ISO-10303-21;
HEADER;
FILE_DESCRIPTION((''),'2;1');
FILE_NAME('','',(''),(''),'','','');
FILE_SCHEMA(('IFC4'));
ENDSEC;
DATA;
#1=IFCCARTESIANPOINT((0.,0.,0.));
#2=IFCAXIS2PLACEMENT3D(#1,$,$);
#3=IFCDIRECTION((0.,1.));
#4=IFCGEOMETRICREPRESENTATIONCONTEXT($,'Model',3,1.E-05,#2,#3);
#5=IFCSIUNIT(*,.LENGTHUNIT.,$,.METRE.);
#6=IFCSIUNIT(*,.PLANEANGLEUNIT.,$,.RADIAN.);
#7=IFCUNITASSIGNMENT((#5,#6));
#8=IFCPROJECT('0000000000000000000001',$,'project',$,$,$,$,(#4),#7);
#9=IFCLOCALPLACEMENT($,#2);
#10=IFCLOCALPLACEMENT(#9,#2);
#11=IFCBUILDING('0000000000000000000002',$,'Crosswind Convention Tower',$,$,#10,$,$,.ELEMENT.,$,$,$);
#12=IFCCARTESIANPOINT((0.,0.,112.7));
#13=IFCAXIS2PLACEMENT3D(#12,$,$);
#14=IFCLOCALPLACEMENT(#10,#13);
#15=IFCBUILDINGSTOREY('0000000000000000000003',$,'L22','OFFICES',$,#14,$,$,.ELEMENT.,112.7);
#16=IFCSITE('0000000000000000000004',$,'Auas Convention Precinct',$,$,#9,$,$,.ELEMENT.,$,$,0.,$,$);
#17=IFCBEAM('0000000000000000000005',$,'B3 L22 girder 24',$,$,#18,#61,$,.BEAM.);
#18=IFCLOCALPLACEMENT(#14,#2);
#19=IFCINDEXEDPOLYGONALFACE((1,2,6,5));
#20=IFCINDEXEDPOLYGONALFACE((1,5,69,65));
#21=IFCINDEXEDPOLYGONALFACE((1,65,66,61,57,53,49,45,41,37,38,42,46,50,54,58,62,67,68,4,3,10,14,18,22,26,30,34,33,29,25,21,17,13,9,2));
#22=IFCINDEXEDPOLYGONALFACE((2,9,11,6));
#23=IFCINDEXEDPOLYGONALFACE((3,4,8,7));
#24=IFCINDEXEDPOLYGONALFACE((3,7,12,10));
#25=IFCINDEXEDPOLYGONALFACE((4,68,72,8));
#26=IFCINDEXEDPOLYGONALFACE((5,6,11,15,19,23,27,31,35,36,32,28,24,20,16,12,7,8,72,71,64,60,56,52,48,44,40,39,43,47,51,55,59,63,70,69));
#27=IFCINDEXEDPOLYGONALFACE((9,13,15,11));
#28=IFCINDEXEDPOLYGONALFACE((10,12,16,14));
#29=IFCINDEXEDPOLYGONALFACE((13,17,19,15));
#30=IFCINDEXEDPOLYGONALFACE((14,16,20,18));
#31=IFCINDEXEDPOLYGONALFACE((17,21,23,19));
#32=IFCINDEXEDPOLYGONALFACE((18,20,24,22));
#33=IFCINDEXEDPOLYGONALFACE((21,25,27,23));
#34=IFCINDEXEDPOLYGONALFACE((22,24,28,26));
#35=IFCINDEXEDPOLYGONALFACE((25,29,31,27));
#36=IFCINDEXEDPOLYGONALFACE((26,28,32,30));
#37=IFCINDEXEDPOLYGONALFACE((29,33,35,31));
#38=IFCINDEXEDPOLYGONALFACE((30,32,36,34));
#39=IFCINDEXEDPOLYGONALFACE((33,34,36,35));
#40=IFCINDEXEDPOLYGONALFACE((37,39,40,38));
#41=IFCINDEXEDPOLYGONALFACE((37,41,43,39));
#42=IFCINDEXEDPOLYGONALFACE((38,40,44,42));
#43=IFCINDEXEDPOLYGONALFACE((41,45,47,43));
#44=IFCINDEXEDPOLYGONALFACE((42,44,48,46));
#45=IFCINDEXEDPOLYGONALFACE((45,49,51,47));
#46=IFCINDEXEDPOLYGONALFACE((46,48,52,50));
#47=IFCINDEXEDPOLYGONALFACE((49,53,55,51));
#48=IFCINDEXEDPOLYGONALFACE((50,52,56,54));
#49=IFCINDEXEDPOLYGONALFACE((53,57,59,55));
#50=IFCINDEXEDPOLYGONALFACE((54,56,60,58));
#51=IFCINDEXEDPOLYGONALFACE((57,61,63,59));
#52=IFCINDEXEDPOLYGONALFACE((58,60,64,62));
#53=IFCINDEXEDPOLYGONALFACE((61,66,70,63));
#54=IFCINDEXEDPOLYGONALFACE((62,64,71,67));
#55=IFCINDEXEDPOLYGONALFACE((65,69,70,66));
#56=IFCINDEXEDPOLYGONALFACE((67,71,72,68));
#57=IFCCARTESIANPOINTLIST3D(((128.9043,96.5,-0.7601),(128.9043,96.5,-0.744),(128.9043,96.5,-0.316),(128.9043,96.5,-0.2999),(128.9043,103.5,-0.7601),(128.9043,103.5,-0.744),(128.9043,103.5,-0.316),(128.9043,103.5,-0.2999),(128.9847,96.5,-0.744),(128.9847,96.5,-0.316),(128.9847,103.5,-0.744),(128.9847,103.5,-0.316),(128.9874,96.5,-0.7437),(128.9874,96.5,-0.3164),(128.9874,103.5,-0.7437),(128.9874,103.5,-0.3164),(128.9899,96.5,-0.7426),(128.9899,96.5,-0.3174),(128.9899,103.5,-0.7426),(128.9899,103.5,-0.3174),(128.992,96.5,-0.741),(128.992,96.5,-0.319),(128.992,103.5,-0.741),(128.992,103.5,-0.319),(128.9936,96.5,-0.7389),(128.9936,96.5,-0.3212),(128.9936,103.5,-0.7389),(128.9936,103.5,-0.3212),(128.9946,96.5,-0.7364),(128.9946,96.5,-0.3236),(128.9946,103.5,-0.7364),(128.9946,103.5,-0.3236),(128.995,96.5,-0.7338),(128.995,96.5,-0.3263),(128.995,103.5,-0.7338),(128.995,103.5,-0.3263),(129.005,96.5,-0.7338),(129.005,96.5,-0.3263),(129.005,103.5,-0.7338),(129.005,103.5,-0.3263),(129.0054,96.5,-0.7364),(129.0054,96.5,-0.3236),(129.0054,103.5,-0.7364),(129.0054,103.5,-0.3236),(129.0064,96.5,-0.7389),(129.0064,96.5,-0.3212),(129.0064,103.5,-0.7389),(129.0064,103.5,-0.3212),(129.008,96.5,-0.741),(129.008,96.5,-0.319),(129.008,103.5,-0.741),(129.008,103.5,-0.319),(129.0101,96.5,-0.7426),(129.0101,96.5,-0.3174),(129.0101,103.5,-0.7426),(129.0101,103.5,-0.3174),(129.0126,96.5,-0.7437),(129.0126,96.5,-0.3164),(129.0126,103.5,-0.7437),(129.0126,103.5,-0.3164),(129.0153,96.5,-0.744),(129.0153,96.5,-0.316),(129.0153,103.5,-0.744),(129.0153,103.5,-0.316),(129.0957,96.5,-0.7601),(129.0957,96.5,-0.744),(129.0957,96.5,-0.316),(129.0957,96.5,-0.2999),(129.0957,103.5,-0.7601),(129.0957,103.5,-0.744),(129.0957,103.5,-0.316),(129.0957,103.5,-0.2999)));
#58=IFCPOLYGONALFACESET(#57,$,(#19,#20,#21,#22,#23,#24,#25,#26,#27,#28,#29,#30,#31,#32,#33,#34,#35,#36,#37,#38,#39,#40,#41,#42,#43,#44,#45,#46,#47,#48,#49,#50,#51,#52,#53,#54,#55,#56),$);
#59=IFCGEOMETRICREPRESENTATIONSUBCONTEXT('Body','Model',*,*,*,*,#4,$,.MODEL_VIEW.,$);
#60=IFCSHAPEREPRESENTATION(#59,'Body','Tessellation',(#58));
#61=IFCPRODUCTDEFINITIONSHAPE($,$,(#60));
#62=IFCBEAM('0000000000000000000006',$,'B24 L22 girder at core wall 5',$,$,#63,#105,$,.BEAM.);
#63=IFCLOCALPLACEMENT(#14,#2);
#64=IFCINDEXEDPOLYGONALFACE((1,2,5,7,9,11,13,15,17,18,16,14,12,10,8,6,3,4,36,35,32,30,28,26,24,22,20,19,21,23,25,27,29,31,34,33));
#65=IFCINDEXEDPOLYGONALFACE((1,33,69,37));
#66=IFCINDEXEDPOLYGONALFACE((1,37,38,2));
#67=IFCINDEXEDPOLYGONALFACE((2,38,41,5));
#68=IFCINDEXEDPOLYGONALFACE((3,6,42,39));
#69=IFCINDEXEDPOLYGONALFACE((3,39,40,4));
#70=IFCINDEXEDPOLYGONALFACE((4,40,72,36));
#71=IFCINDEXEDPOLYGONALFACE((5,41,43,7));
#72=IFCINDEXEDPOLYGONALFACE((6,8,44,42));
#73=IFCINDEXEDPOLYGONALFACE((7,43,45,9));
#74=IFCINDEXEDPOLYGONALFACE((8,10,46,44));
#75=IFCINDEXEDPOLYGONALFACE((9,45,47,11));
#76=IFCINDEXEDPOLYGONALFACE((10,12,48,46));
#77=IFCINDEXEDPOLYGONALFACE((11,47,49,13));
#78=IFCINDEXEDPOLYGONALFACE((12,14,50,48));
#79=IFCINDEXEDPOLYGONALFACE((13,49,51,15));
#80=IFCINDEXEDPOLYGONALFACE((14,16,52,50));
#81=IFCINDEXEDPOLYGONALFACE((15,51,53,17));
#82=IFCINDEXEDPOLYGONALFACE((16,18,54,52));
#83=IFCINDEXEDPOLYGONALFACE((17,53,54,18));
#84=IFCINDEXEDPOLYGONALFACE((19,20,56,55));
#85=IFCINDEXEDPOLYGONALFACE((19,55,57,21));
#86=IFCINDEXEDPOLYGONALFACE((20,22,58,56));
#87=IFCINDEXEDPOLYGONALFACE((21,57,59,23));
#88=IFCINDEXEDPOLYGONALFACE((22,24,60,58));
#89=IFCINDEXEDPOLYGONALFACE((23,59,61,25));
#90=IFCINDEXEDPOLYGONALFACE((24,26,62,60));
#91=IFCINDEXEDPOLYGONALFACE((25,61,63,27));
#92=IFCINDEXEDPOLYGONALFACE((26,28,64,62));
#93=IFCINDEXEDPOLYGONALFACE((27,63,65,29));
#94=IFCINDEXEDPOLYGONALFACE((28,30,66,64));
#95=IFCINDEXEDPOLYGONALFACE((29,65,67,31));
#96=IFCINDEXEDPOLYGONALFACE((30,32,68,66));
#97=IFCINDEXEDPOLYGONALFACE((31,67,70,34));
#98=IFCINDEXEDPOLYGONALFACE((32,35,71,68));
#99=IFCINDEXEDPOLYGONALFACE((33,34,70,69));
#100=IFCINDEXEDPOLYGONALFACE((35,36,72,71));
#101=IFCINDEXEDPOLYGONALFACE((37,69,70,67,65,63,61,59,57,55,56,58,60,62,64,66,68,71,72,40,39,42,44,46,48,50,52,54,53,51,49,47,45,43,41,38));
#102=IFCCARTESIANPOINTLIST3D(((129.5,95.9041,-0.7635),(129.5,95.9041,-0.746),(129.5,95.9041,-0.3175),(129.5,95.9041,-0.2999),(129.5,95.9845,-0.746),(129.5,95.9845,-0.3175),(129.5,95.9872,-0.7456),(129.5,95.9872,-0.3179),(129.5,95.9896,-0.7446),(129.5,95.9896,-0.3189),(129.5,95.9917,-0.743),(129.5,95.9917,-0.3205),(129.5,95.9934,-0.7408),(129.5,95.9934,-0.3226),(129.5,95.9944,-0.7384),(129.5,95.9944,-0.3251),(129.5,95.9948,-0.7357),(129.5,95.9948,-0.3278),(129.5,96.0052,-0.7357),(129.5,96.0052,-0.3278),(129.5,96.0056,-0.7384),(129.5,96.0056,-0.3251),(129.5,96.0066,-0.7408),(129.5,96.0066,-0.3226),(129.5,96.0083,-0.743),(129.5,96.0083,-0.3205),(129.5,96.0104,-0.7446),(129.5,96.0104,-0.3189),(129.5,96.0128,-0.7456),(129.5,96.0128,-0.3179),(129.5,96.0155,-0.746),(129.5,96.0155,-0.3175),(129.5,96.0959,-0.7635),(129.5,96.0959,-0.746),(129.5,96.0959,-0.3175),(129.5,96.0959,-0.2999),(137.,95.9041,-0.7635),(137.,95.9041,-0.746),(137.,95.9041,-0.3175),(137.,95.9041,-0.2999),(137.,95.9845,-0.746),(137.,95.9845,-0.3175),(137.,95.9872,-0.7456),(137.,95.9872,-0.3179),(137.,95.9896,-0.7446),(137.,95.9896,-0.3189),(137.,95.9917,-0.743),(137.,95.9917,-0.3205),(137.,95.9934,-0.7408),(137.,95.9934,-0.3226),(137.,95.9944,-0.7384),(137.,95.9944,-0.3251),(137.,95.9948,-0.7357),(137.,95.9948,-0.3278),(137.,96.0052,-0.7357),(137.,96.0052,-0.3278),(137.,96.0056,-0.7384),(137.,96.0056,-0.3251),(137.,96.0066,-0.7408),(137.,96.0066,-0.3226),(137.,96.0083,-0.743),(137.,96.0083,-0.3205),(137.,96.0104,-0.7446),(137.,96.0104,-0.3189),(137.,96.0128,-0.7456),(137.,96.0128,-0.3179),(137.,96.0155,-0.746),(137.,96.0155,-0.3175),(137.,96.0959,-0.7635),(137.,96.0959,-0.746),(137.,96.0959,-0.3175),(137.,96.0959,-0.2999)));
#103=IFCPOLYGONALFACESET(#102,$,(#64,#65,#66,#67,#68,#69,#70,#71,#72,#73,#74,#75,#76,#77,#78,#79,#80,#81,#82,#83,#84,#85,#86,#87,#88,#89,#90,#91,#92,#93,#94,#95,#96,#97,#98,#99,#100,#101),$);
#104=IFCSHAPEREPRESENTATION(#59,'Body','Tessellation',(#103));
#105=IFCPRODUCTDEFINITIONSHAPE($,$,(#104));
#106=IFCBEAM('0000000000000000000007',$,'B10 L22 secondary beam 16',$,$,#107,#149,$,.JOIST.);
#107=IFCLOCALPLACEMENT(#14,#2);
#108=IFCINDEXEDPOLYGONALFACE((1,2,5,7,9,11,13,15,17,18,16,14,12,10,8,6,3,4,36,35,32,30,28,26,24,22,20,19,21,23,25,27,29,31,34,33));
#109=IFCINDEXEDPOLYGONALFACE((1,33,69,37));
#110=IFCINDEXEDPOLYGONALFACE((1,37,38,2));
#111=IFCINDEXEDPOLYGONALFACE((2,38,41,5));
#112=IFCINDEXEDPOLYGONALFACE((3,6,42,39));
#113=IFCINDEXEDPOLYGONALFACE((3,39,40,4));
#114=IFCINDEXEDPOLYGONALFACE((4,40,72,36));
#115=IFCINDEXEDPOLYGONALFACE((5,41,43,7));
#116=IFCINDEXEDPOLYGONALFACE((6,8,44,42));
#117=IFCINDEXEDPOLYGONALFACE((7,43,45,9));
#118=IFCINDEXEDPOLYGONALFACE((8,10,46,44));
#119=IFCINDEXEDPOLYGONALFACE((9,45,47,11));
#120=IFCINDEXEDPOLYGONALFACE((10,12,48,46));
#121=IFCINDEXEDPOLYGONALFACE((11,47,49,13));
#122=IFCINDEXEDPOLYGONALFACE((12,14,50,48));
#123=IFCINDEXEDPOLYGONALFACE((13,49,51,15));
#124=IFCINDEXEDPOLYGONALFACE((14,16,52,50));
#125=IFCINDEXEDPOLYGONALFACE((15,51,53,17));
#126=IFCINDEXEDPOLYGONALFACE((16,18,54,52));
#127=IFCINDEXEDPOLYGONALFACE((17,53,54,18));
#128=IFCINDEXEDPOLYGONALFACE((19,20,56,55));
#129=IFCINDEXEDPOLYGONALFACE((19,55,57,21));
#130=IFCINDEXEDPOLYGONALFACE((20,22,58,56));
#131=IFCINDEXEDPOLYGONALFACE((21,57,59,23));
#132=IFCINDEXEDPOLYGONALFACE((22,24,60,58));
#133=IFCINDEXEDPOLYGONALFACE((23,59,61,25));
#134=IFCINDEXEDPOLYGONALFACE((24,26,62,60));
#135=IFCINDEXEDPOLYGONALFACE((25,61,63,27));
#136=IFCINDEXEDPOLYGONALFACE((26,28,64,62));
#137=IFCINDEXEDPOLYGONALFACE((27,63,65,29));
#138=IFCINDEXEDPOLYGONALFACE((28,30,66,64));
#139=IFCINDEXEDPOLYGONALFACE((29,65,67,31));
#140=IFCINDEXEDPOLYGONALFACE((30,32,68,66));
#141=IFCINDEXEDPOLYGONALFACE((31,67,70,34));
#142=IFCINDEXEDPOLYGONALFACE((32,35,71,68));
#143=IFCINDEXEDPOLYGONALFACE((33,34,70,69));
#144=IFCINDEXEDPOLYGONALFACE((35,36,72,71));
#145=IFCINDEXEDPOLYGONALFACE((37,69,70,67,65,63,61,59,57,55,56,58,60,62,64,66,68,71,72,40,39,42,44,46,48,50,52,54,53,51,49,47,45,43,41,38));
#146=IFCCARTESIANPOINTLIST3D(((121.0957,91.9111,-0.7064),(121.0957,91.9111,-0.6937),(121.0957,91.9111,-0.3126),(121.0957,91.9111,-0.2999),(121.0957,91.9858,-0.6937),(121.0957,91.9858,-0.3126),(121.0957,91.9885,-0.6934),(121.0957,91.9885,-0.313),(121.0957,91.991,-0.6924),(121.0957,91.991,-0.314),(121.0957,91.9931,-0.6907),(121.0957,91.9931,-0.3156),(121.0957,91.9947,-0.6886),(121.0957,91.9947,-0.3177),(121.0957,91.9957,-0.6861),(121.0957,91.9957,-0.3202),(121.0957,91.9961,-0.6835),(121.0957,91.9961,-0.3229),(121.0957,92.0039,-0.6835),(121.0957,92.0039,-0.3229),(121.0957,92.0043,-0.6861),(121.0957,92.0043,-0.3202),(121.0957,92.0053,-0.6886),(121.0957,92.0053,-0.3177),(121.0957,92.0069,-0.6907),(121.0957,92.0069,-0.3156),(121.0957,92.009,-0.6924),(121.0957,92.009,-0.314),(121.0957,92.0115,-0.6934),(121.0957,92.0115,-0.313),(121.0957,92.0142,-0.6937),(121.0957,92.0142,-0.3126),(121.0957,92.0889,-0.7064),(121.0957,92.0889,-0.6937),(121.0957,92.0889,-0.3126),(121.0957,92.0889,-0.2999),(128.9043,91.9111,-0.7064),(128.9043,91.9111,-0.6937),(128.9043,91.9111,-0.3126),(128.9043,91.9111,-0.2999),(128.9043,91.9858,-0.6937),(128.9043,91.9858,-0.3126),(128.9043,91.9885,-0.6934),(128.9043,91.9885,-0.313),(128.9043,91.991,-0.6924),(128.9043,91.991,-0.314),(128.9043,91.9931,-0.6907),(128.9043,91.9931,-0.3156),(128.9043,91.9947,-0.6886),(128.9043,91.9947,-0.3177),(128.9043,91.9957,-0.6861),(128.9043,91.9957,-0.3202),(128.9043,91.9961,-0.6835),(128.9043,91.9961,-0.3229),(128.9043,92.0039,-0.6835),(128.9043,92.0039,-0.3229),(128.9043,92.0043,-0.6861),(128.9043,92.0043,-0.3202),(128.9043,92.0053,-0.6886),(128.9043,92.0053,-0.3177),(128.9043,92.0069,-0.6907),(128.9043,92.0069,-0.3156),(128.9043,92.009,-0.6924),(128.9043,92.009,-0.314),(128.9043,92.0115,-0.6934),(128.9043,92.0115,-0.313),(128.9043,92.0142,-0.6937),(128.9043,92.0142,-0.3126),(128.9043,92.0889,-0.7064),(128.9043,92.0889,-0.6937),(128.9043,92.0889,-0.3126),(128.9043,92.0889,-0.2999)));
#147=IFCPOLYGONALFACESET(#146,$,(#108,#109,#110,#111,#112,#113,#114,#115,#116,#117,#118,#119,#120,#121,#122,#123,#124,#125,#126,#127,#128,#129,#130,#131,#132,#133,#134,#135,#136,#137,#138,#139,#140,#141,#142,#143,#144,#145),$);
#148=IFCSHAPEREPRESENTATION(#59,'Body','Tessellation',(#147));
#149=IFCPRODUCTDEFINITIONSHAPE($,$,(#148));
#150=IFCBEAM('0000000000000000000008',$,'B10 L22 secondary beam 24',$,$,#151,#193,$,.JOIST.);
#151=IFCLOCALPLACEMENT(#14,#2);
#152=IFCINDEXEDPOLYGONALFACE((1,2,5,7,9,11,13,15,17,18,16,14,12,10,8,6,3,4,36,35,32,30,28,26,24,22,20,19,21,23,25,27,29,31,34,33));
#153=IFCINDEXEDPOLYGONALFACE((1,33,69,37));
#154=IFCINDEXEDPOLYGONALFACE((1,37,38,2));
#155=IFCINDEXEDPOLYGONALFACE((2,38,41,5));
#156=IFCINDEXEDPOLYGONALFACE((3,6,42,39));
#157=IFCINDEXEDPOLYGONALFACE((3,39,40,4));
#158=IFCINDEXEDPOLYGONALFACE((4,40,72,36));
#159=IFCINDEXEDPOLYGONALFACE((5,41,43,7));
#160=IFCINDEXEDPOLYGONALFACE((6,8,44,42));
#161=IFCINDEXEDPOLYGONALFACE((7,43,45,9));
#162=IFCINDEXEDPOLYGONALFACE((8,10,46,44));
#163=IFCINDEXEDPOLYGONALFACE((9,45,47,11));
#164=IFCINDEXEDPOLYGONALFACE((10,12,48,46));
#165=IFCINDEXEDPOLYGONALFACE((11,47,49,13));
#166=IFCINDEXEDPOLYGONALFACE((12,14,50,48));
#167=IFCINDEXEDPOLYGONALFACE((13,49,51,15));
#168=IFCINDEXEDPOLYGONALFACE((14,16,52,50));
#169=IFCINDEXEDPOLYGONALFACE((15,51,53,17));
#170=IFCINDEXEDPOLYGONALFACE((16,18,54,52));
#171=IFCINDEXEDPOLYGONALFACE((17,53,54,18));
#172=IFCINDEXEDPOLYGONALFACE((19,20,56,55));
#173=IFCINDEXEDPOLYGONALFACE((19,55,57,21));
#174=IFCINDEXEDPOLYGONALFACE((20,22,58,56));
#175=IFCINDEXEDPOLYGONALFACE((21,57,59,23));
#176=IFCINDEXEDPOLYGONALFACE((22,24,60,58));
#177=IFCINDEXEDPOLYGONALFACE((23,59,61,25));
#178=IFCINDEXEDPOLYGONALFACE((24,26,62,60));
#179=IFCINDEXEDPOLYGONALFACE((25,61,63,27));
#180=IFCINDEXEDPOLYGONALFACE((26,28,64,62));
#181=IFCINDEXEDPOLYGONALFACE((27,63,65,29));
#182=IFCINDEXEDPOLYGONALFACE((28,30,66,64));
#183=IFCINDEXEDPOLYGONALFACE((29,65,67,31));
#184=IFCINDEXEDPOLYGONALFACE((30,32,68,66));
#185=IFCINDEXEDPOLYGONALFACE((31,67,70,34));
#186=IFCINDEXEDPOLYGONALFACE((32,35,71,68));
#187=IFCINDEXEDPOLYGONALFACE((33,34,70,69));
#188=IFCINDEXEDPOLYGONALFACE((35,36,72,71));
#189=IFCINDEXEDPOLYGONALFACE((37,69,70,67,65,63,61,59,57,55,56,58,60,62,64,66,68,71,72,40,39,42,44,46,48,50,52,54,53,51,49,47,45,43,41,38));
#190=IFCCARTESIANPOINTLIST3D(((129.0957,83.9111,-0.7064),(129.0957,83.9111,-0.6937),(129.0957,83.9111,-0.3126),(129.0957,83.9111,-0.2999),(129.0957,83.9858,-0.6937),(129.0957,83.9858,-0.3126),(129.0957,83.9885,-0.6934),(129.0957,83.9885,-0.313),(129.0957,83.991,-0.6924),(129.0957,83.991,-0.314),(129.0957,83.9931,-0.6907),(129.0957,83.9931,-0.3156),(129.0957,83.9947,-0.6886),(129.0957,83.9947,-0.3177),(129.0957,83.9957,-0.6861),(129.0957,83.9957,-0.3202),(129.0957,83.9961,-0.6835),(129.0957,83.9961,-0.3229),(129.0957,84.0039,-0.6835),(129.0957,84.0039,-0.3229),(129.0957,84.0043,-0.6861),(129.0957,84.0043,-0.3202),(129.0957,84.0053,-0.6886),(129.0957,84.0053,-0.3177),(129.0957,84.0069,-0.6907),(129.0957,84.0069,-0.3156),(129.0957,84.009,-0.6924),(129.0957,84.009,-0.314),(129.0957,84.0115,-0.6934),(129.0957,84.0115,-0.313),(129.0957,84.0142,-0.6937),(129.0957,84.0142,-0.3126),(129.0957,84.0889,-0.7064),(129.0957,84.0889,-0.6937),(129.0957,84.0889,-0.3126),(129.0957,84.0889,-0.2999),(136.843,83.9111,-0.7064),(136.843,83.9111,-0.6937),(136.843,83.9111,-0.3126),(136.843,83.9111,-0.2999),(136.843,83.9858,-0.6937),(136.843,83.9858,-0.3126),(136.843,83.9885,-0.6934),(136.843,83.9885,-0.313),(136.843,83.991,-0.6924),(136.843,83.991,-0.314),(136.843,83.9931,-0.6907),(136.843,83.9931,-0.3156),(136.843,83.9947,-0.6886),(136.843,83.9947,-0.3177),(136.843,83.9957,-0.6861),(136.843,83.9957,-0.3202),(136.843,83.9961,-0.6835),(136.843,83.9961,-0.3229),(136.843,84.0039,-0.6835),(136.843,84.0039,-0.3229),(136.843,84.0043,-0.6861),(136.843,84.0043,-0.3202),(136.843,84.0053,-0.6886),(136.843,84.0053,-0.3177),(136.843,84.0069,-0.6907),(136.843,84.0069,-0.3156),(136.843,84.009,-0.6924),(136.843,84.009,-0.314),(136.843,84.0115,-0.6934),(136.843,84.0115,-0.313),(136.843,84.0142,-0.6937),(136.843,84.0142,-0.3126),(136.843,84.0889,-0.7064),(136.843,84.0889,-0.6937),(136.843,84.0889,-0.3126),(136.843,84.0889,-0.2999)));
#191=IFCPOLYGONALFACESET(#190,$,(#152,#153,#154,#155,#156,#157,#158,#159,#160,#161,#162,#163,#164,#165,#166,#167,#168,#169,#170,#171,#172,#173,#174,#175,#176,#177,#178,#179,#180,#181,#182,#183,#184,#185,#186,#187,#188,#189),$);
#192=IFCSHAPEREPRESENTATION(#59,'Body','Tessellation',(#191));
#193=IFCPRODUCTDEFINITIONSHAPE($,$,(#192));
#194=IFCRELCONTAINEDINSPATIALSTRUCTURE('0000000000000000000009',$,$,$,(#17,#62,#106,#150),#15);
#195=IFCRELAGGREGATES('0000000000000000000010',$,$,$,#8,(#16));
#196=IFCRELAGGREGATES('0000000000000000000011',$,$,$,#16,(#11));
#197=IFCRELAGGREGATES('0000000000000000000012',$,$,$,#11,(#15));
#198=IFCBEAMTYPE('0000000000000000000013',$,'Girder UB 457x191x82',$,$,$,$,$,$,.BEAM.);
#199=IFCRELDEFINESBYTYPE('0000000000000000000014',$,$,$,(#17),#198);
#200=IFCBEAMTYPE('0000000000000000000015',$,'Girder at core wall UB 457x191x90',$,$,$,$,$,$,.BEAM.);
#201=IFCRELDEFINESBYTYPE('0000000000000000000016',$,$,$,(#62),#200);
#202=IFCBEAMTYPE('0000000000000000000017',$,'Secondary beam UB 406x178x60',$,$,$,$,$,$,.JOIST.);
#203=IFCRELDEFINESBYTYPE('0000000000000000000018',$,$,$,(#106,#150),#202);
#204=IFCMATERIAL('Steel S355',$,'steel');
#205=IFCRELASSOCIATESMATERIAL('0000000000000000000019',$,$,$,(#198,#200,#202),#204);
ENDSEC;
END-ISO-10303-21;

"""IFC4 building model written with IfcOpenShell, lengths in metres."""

from ifc_helpers import new_model, si_unit, direction, frame, origin, origin_2d, place, context, subcontext, project, spatial, i_section, extrude, material, material_profile, profile_set, type_object, element, save


model = new_model("IFC4")

# Units and contexts
model_context = context("Model", 3, precision=1e-05, world=origin(), true_north=direction((0.0, 1.0)))
body_context = subcontext(model_context, "Body", "Model", "MODEL_VIEW")
ifc_project = project(units=[si_unit("LENGTHUNIT", "METRE"), si_unit("PLANEANGLEUNIT", "RADIAN")], contexts=[model_context])

# Site, building, storey
site_placement = place(None, origin())
site = spatial("IfcSite", under=ifc_project, at=site_placement, Name="Auas Convention Precinct", CompositionType="ELEMENT", RefElevation=0.0)
building_placement = place(site_placement, origin())
building = spatial("IfcBuilding", under=site, at=building_placement, Name="Crosswind Convention Tower", CompositionType="ELEMENT")
storey_placement = place(building_placement, frame((0.0, 0.0, 112.7)))
storey = spatial("IfcBuildingStorey", under=building, at=storey_placement, Name="L22", Description="OFFICES", CompositionType="ELEMENT", Elevation=112.7)

# Beams
ifc_material_1 = material(Name="Steel S355", Category="steel")
ifc_material_profile_1 = material_profile(ifc_material_1, i_section(OverallWidth=0.1914, OverallDepth=0.4602, WebThickness=0.01, FlangeThickness=0.0161, FilletRadius=0.0103, at=origin_2d()), Name="UB 457x191x82")
ifc_profile_set_1 = profile_set([ifc_material_profile_1], Name="Steel S355")
beam_type_1 = type_object("IfcBeamType", Name="Girder UB 457x191x82", PredefinedType="BEAM", material=ifc_profile_set_1)
for number, where, z_axis, x_axis, name in (
    (1, (129.0, 96.5, -0.53), (0.0, 1.0, 0.0), (-1.0, 0.0, 0.0), "B3 L22 girder 24"),
):
    element("IfcBeam", number, at=place(storey_placement, frame(where, z_axis=z_axis, x_axis=x_axis)), inside=storey, type_object=beam_type_1, Name=name, PredefinedType="BEAM", context=body_context, shape_type="SweptSolid", body=[
        extrude(i_section(OverallWidth=0.1914, OverallDepth=0.4602, WebThickness=0.01, FlangeThickness=0.0161, FilletRadius=0.0103, at=origin_2d()), origin(), (0.0, 0.0, 1.0), 7.0),
    ])
ifc_material_profile_2 = material_profile(ifc_material_1, i_section(OverallWidth=0.1919, OverallDepth=0.4636, WebThickness=0.0105, FlangeThickness=0.0176, FilletRadius=0.0103, at=origin_2d()), Name="UB 457x191x90")
ifc_profile_set_2 = profile_set([ifc_material_profile_2], Name="Steel S355")
beam_type_2 = type_object("IfcBeamType", Name="Girder at core wall UB 457x191x90", PredefinedType="BEAM", material=ifc_profile_set_2)
beam_1_placement = place(storey_placement, frame((129.5, 96.0, -0.5317), z_axis=(1.0, 0.0, 0.0), x_axis=(0.0, 1.0, 0.0)))
element("IfcBeam", 2, at=beam_1_placement, inside=storey, type_object=beam_type_2, Name="B24 L22 girder at core wall 5", PredefinedType="BEAM", context=body_context, shape_type="SweptSolid", body=[
    extrude(i_section(OverallWidth=0.1919, OverallDepth=0.4636, WebThickness=0.0105, FlangeThickness=0.0176, FilletRadius=0.0103, at=origin_2d()), origin(), (0.0, 0.0, 1.0), 7.5),
])
ifc_material_profile_3 = material_profile(ifc_material_1, i_section(OverallWidth=0.1777, OverallDepth=0.4065, WebThickness=0.0078, FlangeThickness=0.0127, FilletRadius=0.0103, at=origin_2d()), Name="UB 406x178x60")
ifc_profile_set_3 = profile_set([ifc_material_profile_3], Name="Steel S355")
beam_type_3 = type_object("IfcBeamType", Name="Secondary beam UB 406x178x60", PredefinedType="JOIST", material=ifc_profile_set_3)
beam_2_placement = place(storey_placement, frame((121.0957, 92.0, -0.5032), z_axis=(1.0, 0.0, 0.0), x_axis=(0.0, 1.0, 0.0)))
element("IfcBeam", 3, at=beam_2_placement, inside=storey, type_object=beam_type_3, Name="B10 L22 secondary beam 16", PredefinedType="JOIST", context=body_context, shape_type="SweptSolid", body=[
    extrude(i_section(OverallWidth=0.1777, OverallDepth=0.4065, WebThickness=0.0078, FlangeThickness=0.0127, FilletRadius=0.0103, at=origin_2d()), origin(), (0.0, 0.0, 1.0), 7.8086),
])
beam_3_placement = place(storey_placement, frame((129.0957, 84.0, -0.5032), z_axis=(1.0, 0.0, 0.0), x_axis=(0.0, 1.0, 0.0)))
element("IfcBeam", 4, at=beam_3_placement, inside=storey, type_object=beam_type_3, Name="B10 L22 secondary beam 24", PredefinedType="JOIST", context=body_context, shape_type="SweptSolid", body=[
    extrude(i_section(OverallWidth=0.1777, OverallDepth=0.4065, WebThickness=0.0078, FlangeThickness=0.0127, FilletRadius=0.0103, at=origin_2d()), origin(), (0.0, 0.0, 1.0), 7.7473),
])

save(model, "model.ifc")
